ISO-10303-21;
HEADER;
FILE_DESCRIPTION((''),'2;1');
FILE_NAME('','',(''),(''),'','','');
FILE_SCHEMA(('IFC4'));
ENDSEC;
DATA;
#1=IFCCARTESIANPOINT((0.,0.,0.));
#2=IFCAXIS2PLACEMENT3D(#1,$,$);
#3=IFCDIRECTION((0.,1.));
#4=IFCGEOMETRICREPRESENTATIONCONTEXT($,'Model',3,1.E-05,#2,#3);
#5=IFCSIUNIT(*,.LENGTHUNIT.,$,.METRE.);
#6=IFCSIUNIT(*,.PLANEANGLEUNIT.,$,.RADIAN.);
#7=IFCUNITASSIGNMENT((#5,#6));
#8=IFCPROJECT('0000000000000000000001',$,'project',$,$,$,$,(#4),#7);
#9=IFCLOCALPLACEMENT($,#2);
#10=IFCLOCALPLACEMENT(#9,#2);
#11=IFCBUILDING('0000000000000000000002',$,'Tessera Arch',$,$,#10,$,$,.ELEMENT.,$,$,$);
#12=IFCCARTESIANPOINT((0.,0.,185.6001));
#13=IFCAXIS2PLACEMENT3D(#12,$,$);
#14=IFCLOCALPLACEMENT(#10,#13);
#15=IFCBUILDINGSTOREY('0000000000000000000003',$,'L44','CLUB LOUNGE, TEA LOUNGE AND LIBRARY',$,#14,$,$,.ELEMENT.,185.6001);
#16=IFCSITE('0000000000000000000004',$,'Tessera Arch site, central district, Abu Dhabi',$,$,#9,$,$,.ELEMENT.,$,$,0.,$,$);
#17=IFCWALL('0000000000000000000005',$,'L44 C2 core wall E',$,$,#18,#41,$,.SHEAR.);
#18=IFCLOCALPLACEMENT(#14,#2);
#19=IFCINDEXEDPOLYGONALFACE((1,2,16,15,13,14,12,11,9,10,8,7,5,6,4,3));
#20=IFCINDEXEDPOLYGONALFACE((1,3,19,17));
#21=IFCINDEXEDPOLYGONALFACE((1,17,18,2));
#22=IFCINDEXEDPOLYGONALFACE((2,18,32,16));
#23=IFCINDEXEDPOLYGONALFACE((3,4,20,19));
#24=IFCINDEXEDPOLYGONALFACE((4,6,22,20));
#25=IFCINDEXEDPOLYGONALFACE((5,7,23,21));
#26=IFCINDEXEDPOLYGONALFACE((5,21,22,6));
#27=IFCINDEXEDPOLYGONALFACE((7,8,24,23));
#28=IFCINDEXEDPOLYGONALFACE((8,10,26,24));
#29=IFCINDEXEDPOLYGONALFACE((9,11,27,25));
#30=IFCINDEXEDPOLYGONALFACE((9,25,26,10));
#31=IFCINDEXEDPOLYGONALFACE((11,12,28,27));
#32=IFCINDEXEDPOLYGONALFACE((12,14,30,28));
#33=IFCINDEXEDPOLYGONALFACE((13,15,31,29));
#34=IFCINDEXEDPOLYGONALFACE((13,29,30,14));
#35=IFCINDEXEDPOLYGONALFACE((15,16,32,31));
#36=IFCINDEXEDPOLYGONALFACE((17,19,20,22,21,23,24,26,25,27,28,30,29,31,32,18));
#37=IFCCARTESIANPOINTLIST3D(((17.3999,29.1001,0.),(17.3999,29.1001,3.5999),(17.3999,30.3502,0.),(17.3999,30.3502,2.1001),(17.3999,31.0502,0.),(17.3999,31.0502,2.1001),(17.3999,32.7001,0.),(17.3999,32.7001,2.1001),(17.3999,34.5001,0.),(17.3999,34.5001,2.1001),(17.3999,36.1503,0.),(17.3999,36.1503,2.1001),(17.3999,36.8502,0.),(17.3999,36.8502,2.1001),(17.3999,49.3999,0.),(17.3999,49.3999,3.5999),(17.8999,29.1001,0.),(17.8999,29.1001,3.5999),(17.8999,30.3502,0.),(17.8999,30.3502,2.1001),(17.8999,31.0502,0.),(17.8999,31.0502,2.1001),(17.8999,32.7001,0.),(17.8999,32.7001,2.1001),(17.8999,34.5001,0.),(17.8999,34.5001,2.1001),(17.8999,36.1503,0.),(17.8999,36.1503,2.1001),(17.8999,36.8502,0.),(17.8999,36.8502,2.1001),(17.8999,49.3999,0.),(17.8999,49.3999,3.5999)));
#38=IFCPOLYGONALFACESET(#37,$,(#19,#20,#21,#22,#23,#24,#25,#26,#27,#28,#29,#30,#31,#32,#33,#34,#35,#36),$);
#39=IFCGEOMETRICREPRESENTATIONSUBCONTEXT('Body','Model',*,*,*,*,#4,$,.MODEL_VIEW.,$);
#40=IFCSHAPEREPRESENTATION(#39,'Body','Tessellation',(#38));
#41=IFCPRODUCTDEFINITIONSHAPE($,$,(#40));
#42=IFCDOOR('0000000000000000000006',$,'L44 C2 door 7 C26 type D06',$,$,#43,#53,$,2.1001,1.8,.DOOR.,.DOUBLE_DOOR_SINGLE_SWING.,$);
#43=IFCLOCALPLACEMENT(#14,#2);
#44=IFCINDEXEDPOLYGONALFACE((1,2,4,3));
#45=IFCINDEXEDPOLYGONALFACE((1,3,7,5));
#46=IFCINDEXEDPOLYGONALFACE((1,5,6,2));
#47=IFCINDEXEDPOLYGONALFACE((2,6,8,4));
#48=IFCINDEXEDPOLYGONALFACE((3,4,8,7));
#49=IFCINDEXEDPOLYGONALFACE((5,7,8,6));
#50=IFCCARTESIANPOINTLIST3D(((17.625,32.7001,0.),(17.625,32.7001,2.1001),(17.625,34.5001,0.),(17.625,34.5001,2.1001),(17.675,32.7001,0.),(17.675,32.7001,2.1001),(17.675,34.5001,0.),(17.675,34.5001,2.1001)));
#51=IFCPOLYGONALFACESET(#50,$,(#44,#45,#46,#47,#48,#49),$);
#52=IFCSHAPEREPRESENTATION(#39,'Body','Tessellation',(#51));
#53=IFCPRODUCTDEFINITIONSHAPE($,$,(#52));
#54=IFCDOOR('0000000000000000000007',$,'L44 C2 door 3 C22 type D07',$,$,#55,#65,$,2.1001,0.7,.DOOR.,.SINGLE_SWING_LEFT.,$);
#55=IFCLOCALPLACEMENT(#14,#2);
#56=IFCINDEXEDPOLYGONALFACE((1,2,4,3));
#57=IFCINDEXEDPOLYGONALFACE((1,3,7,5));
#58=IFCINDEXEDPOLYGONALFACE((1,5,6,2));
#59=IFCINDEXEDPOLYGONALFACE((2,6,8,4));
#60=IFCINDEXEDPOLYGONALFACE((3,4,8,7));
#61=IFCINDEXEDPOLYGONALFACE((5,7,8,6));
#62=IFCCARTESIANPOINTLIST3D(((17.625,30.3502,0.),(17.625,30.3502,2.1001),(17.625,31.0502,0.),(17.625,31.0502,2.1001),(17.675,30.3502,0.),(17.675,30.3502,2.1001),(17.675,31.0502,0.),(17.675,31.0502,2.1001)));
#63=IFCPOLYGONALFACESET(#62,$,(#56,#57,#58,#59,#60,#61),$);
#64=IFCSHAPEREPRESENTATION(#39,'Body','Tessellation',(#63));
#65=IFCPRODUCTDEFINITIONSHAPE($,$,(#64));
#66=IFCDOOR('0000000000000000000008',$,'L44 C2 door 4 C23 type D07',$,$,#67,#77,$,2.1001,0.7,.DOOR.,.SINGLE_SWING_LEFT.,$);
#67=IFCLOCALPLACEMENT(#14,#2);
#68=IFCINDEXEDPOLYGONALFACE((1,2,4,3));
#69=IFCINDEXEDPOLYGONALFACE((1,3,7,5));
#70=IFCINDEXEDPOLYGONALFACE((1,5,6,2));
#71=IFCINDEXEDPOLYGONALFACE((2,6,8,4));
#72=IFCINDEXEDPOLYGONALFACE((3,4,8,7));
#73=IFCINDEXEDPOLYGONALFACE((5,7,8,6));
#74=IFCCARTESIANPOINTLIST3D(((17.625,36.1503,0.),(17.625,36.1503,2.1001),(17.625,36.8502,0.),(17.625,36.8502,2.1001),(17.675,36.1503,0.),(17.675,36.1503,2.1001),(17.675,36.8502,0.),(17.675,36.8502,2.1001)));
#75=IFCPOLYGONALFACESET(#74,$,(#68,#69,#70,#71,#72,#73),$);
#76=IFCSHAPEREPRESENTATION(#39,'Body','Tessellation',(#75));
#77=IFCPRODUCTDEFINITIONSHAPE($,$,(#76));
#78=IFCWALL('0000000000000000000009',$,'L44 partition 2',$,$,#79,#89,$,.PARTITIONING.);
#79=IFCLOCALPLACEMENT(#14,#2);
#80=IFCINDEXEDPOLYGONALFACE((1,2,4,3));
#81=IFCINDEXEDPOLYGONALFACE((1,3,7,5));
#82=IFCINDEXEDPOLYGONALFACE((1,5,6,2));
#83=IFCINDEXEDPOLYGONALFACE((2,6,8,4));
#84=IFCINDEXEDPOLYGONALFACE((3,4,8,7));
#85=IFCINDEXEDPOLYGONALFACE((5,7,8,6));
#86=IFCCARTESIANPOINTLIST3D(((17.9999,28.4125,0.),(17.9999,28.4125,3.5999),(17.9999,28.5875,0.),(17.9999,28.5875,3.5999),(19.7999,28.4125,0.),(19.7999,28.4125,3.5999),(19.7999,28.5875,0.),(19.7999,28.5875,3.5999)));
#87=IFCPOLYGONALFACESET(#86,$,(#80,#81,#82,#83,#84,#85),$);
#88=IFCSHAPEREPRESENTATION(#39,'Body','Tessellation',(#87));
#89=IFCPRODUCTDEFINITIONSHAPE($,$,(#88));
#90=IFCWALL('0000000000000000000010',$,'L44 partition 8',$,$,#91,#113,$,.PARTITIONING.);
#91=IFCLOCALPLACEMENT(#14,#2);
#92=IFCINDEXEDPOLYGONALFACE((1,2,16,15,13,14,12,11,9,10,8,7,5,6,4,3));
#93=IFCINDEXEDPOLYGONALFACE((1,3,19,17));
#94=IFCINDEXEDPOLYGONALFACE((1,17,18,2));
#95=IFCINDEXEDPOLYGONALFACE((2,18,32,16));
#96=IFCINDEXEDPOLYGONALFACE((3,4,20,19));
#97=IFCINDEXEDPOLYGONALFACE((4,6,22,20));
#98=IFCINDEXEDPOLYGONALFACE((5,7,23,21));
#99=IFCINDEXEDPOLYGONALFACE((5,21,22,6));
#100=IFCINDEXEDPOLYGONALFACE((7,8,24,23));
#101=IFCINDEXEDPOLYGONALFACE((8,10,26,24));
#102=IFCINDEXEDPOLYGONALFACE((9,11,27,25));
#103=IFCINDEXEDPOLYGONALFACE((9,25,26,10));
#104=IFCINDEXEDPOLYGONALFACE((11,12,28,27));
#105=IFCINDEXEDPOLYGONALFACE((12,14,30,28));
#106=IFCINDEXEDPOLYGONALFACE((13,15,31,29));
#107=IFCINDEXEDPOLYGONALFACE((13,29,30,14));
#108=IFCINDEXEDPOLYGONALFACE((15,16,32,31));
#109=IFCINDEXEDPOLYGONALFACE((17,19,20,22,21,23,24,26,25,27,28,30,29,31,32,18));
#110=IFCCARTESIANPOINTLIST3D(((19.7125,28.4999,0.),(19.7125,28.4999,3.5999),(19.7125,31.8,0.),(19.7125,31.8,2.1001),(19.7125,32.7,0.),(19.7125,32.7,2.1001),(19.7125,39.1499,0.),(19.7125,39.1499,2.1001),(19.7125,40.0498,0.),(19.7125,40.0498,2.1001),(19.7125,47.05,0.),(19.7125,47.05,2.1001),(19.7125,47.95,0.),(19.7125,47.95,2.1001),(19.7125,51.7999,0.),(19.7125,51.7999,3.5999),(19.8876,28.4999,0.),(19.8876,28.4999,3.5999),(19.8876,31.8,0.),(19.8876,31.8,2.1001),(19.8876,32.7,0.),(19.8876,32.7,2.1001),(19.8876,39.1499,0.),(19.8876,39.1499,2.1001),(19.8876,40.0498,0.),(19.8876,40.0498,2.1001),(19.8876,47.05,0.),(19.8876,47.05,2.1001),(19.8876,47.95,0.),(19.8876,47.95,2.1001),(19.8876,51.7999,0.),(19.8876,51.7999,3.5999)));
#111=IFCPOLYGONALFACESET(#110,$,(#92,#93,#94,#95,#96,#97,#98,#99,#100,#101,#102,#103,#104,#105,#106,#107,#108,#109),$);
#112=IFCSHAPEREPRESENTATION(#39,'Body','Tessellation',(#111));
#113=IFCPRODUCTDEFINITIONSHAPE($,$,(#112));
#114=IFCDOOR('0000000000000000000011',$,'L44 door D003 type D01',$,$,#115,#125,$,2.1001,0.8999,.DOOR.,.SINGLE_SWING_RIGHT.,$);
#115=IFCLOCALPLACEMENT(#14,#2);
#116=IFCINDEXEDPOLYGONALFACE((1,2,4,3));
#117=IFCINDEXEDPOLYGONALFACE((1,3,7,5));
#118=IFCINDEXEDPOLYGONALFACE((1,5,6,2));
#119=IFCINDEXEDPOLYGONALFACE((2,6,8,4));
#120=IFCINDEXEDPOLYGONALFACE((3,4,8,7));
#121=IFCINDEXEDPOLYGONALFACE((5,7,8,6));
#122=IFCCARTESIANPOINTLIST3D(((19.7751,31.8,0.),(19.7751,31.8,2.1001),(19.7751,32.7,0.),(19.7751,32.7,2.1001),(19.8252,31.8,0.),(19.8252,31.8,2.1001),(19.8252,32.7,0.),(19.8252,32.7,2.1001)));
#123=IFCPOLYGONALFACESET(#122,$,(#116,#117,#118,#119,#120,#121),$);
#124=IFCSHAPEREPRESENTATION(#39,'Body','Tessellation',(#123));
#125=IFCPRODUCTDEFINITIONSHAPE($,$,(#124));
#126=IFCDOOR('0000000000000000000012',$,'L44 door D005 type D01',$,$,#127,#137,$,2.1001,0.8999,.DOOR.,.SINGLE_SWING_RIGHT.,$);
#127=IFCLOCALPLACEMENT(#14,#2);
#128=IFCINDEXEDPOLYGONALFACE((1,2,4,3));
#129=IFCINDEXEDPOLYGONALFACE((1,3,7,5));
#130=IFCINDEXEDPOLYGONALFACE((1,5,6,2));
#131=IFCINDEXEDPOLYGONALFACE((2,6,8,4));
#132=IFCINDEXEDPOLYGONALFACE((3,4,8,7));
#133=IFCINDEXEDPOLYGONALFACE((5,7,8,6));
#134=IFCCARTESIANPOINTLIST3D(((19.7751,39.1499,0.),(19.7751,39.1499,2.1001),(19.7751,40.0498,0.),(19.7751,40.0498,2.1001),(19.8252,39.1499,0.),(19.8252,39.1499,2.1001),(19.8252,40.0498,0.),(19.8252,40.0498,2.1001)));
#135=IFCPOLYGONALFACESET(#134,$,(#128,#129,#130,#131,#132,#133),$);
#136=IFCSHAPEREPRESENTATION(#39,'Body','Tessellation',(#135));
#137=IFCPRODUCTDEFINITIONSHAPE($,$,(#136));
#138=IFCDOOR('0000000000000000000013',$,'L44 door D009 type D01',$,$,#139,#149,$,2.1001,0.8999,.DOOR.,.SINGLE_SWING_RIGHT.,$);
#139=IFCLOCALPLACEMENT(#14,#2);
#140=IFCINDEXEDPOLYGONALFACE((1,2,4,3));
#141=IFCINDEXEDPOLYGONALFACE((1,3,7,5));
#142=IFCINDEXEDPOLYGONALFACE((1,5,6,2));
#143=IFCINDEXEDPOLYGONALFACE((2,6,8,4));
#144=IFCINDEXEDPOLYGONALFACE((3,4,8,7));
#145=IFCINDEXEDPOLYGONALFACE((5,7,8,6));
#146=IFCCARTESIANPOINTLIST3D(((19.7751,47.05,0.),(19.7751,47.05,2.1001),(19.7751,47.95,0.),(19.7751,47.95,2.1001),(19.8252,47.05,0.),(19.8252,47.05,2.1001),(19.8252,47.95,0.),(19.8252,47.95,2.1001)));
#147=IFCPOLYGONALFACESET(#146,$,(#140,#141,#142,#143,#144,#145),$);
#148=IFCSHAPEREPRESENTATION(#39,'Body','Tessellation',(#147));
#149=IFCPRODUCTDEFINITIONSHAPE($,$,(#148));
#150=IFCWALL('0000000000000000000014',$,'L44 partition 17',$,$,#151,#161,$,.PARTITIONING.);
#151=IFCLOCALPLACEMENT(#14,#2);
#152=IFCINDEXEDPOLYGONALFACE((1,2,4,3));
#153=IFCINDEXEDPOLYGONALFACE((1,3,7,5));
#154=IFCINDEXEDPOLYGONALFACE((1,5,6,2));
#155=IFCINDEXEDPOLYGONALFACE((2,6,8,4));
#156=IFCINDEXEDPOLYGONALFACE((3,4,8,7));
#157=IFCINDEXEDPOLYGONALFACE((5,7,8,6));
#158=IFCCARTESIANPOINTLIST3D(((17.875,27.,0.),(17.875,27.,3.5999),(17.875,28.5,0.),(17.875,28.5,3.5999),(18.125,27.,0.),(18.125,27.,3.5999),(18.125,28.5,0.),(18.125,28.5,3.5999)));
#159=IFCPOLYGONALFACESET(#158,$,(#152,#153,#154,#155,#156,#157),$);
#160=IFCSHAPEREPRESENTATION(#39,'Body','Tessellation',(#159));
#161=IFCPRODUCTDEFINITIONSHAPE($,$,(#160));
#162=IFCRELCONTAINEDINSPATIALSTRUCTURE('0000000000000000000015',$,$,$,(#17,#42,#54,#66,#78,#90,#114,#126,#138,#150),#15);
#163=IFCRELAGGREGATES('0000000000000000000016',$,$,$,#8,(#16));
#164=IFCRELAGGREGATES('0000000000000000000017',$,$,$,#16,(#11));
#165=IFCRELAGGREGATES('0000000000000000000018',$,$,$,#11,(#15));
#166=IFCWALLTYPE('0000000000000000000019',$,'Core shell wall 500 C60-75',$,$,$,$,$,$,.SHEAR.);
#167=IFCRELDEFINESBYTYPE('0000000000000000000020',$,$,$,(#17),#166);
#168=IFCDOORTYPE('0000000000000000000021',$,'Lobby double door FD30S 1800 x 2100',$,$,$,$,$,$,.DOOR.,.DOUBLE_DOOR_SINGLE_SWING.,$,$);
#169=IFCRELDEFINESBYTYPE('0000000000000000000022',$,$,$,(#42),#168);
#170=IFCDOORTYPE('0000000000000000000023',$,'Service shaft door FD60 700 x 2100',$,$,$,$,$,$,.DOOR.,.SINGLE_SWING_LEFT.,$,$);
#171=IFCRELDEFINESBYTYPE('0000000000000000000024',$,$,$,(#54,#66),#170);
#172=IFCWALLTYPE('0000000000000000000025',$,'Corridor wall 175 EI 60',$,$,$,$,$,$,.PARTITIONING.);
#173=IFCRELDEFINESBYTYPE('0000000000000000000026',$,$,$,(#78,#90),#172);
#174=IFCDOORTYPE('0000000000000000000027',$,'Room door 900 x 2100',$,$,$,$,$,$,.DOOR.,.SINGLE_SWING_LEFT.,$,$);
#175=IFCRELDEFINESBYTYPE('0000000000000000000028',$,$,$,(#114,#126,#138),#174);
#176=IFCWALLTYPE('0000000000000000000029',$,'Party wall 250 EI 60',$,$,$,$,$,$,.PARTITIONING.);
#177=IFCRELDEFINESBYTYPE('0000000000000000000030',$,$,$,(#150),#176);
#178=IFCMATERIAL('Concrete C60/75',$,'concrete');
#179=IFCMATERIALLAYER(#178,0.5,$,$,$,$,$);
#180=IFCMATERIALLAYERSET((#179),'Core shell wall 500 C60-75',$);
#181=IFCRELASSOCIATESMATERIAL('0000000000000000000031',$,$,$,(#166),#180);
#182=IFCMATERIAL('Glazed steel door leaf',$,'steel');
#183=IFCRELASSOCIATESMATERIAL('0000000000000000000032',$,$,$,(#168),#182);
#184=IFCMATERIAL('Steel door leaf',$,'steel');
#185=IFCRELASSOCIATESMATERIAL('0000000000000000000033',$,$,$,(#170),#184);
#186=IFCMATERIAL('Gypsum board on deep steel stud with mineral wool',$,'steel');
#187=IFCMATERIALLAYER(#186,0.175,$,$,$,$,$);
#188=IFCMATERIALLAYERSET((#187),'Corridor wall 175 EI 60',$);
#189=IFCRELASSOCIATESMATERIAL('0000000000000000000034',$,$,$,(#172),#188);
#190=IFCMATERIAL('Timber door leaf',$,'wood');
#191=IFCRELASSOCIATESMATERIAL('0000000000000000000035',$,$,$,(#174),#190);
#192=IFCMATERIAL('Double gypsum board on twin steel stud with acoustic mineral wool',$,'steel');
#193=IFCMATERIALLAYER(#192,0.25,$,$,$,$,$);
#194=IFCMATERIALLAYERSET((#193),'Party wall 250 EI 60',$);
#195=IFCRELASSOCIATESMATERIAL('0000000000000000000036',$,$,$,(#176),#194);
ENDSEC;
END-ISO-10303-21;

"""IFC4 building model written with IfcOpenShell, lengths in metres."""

from ifc_helpers import new_model, si_unit, direction, frame, frame_2d, origin, place, context, subcontext, project, spatial, rectangle, extrude, material, layer, layer_set, type_object, element, fill, save


model = new_model("IFC4")

# Units and contexts
model_context = context("Model", 3, precision=1e-05, world=origin(), true_north=direction((0.0, 1.0)))
body_context = subcontext(model_context, "Body", "Model", "MODEL_VIEW")
ifc_project = project(units=[si_unit("LENGTHUNIT", "METRE"), si_unit("PLANEANGLEUNIT", "RADIAN")], contexts=[model_context])

# Site, building, storey
site_placement = place(None, origin())
site = spatial("IfcSite", under=ifc_project, at=site_placement, Name="Tessera Arch site, central district, Abu Dhabi", CompositionType="ELEMENT", RefElevation=0.0)
building_placement = place(site_placement, origin())
building = spatial("IfcBuilding", under=site, at=building_placement, Name="Tessera Arch", CompositionType="ELEMENT")
storey_placement = place(building_placement, frame((0.0, 0.0, 185.6001)))
storey = spatial("IfcBuildingStorey", under=building, at=storey_placement, Name="L44", Description="CLUB LOUNGE, TEA LOUNGE AND LIBRARY", CompositionType="ELEMENT", Elevation=185.6001)

# Wall, openings, doors
ifc_material_1 = material(Name="Concrete C60/75", Category="concrete")
ifc_layer_1 = layer(ifc_material_1, 0.5)
ifc_layer_set_1 = layer_set([ifc_layer_1], Name="Core shell wall 500 C60-75")
wall_type_1 = type_object("IfcWallType", Name="Core shell wall 500 C60-75", PredefinedType="SHEAR", material=ifc_layer_set_1)
wall_1_placement = place(storey_placement, frame((17.6499, 29.1001, 0.0), z_axis=(0.0, 0.0, 1.0), x_axis=(0.0, 1.0, 0.0)))
wall_1 = element("IfcWall", 1, at=wall_1_placement, inside=storey, type_object=wall_type_1, Name="L44 C2 core wall E", PredefinedType="SHEAR", context=body_context, shape_type="SweptSolid", body=[
    extrude(rectangle(XDim=20.2998, YDim=0.5, at=frame_2d((10.1499, 0.0))), origin(), (0.0, 0.0, 1.0), 3.5999),
])
opening_1_placement = place(wall_1_placement, frame((1.25, 0.0, 0.0)))
opening_1 = element("IfcOpeningElement", 2, at=opening_1_placement, cuts=wall_1, PredefinedType="OPENING", context=body_context, shape_type="SweptSolid", body=[
    extrude(rectangle(XDim=0.7, YDim=2.1001, at=frame_2d((0.3501, 1.05))), frame((0.0, 0.26, 0.0), z_axis=(0.0, -1.0, 0.0), x_axis=(1.0, 0.0, 0.0)), (0.0, 0.0, 1.0), 0.52),
])
opening_2_placement = place(wall_1_placement, frame((7.05, 0.0, 0.0)))
opening_2 = element("IfcOpeningElement", 3, at=opening_2_placement, cuts=wall_1, PredefinedType="OPENING", context=body_context, shape_type="SweptSolid", body=[
    extrude(rectangle(XDim=0.7, YDim=2.1001, at=frame_2d((0.3501, 1.05))), frame((0.0, 0.26, 0.0), z_axis=(0.0, -1.0, 0.0), x_axis=(1.0, 0.0, 0.0)), (0.0, 0.0, 1.0), 0.52),
])
opening_3_placement = place(wall_1_placement, frame((3.6001, 0.0, 0.0)))
opening_3 = element("IfcOpeningElement", 4, at=opening_3_placement, cuts=wall_1, PredefinedType="OPENING", context=body_context, shape_type="SweptSolid", body=[
    extrude(rectangle(XDim=1.8, YDim=2.1001, at=frame_2d((0.8999, 1.05))), frame((0.0, 0.26, 0.0), z_axis=(0.0, -1.0, 0.0), x_axis=(1.0, 0.0, 0.0)), (0.0, 0.0, 1.0), 0.52),
])
ifc_material_2 = material(Name="Glazed steel door leaf", Category="steel")
door_type_1 = type_object("IfcDoorType", Name="Lobby double door FD30S 1800 x 2100", OperationType="DOUBLE_DOOR_SINGLE_SWING", PredefinedType="DOOR", material=ifc_material_2)
door_1_placement = place(opening_3_placement, origin())
door_1 = element("IfcDoor", 5, at=door_1_placement, inside=storey, type_object=door_type_1, Name="L44 C2 door 7 C26 type D06", OperationType="DOUBLE_DOOR_SINGLE_SWING", OverallHeight=2.1001, OverallWidth=1.8, PredefinedType="DOOR", context=body_context, shape_type="SweptSolid", body=[
    extrude(rectangle(XDim=1.8, YDim=2.1001, at=frame_2d((0.8999, 1.05))), frame((0.0, 0.0249, 0.0), z_axis=(0.0, -1.0, 0.0), x_axis=(1.0, 0.0, 0.0)), (0.0, 0.0, 1.0), 0.05),
])
fill(opening_3, door_1)
ifc_material_3 = material(Name="Steel door leaf", Category="steel")
door_type_2 = type_object("IfcDoorType", Name="Service shaft door FD60 700 x 2100", OperationType="SINGLE_SWING_LEFT", PredefinedType="DOOR", material=ifc_material_3)
door_2_placement = place(opening_1_placement, origin())
door_2 = element("IfcDoor", 6, at=door_2_placement, inside=storey, type_object=door_type_2, Name="L44 C2 door 3 C22 type D07", OperationType="SINGLE_SWING_LEFT", OverallHeight=2.1001, OverallWidth=0.7, PredefinedType="DOOR", context=body_context, shape_type="SweptSolid", body=[
    extrude(rectangle(XDim=0.7, YDim=2.1001, at=frame_2d((0.3501, 1.05))), frame((0.0, 0.0249, 0.0), z_axis=(0.0, -1.0, 0.0), x_axis=(1.0, 0.0, 0.0)), (0.0, 0.0, 1.0), 0.05),
])
fill(opening_1, door_2)
door_3_placement = place(opening_2_placement, origin())
door_3 = element("IfcDoor", 7, at=door_3_placement, inside=storey, type_object=door_type_2, Name="L44 C2 door 4 C23 type D07", OperationType="SINGLE_SWING_LEFT", OverallHeight=2.1001, OverallWidth=0.7, PredefinedType="DOOR", context=body_context, shape_type="SweptSolid", body=[
    extrude(rectangle(XDim=0.7, YDim=2.1001, at=frame_2d((0.3501, 1.05))), frame((0.0, 0.0249, 0.0), z_axis=(0.0, -1.0, 0.0), x_axis=(1.0, 0.0, 0.0)), (0.0, 0.0, 1.0), 0.05),
])
fill(opening_2, door_3)

# Wall
ifc_material_4 = material(Name="Gypsum board on deep steel stud with mineral wool", Category="steel")
ifc_layer_2 = layer(ifc_material_4, 0.175)
ifc_layer_set_2 = layer_set([ifc_layer_2], Name="Corridor wall 175 EI 60")
wall_type_2 = type_object("IfcWallType", Name="Corridor wall 175 EI 60", PredefinedType="PARTITIONING", material=ifc_layer_set_2)
wall_2_placement = place(storey_placement, frame((18.0, 28.5, 0.0), z_axis=(0.0, 0.0, 1.0), x_axis=(1.0, 0.0, 0.0)))
element("IfcWall", 8, at=wall_2_placement, inside=storey, type_object=wall_type_2, Name="L44 partition 2", PredefinedType="PARTITIONING", context=body_context, shape_type="SweptSolid", body=[
    extrude(rectangle(XDim=1.8, YDim=0.175, at=frame_2d((0.8999, 0.0))), origin(), (0.0, 0.0, 1.0), 3.5999),
])

# Wall, openings, doors
wall_3_placement = place(storey_placement, frame((19.8, 28.5, 0.0), z_axis=(0.0, 0.0, 1.0), x_axis=(0.0, 1.0, 0.0)))
wall_3 = element("IfcWall", 9, at=wall_3_placement, inside=storey, type_object=wall_type_2, Name="L44 partition 8", PredefinedType="PARTITIONING", context=body_context, shape_type="SweptSolid", body=[
    extrude(rectangle(XDim=23.3, YDim=0.175, at=frame_2d((11.6499, 0.0))), origin(), (0.0, 0.0, 1.0), 3.5999),
])
opening_4_placement = place(wall_3_placement, frame((3.3, 0.0, 0.0)))
opening_4 = element("IfcOpeningElement", 10, at=opening_4_placement, cuts=wall_3, PredefinedType="OPENING", context=body_context, shape_type="SweptSolid", body=[
    extrude(rectangle(XDim=0.8999, YDim=2.1001, at=frame_2d((0.45, 1.05))), frame((0.0, 0.0974, 0.0), z_axis=(0.0, -1.0, 0.0), x_axis=(1.0, 0.0, 0.0)), (0.0, 0.0, 1.0), 0.1951),
])
opening_5_placement = place(wall_3_placement, frame((10.6499, 0.0, 0.0)))
opening_5 = element("IfcOpeningElement", 11, at=opening_5_placement, cuts=wall_3, PredefinedType="OPENING", context=body_context, shape_type="SweptSolid", body=[
    extrude(rectangle(XDim=0.8999, YDim=2.1001, at=frame_2d((0.45, 1.05))), frame((0.0, 0.0974, 0.0), z_axis=(0.0, -1.0, 0.0), x_axis=(1.0, 0.0, 0.0)), (0.0, 0.0, 1.0), 0.1951),
])
opening_6_placement = place(wall_3_placement, frame((18.55, 0.0, 0.0)))
opening_6 = element("IfcOpeningElement", 12, at=opening_6_placement, cuts=wall_3, PredefinedType="OPENING", context=body_context, shape_type="SweptSolid", body=[
    extrude(rectangle(XDim=0.8999, YDim=2.1001, at=frame_2d((0.45, 1.05))), frame((0.0, 0.0974, 0.0), z_axis=(0.0, -1.0, 0.0), x_axis=(1.0, 0.0, 0.0)), (0.0, 0.0, 1.0), 0.1951),
])
ifc_material_5 = material(Name="Timber door leaf", Category="wood")
door_type_3 = type_object("IfcDoorType", Name="Room door 900 x 2100", OperationType="SINGLE_SWING_LEFT", PredefinedType="DOOR", material=ifc_material_5)
door_4_placement = place(opening_4_placement, origin())
door_4 = element("IfcDoor", 13, at=door_4_placement, inside=storey, type_object=door_type_3, Name="L44 door D003 type D01", OperationType="SINGLE_SWING_RIGHT", OverallHeight=2.1001, OverallWidth=0.8999, PredefinedType="DOOR", context=body_context, shape_type="SweptSolid", body=[
    extrude(rectangle(XDim=0.8999, YDim=2.1001, at=frame_2d((0.45, 1.05))), frame((0.0, 0.0249, 0.0), z_axis=(0.0, -1.0, 0.0), x_axis=(1.0, 0.0, 0.0)), (0.0, 0.0, 1.0), 0.05),
])
fill(opening_4, door_4)
door_5_placement = place(opening_5_placement, origin())
door_5 = element("IfcDoor", 14, at=door_5_placement, inside=storey, type_object=door_type_3, Name="L44 door D005 type D01", OperationType="SINGLE_SWING_RIGHT", OverallHeight=2.1001, OverallWidth=0.8999, PredefinedType="DOOR", context=body_context, shape_type="SweptSolid", body=[
    extrude(rectangle(XDim=0.8999, YDim=2.1001, at=frame_2d((0.45, 1.05))), frame((0.0, 0.0249, 0.0), z_axis=(0.0, -1.0, 0.0), x_axis=(1.0, 0.0, 0.0)), (0.0, 0.0, 1.0), 0.05),
])
fill(opening_5, door_5)
door_6_placement = place(opening_6_placement, origin())
door_6 = element("IfcDoor", 15, at=door_6_placement, inside=storey, type_object=door_type_3, Name="L44 door D009 type D01", OperationType="SINGLE_SWING_RIGHT", OverallHeight=2.1001, OverallWidth=0.8999, PredefinedType="DOOR", context=body_context, shape_type="SweptSolid", body=[
    extrude(rectangle(XDim=0.8999, YDim=2.1001, at=frame_2d((0.45, 1.05))), frame((0.0, 0.0249, 0.0), z_axis=(0.0, -1.0, 0.0), x_axis=(1.0, 0.0, 0.0)), (0.0, 0.0, 1.0), 0.05),
])
fill(opening_6, door_6)

# Wall
ifc_material_6 = material(Name="Double gypsum board on twin steel stud with acoustic mineral wool", Category="steel")
ifc_layer_3 = layer(ifc_material_6, 0.25)
ifc_layer_set_3 = layer_set([ifc_layer_3], Name="Party wall 250 EI 60")
wall_type_3 = type_object("IfcWallType", Name="Party wall 250 EI 60", PredefinedType="PARTITIONING", material=ifc_layer_set_3)
wall_4_placement = place(storey_placement, frame((18.0, 27.0, 0.0), z_axis=(0.0, 0.0, 1.0), x_axis=(0.0, 1.0, 0.0)))
element("IfcWall", 16, at=wall_4_placement, inside=storey, type_object=wall_type_3, Name="L44 partition 17", PredefinedType="PARTITIONING", context=body_context, shape_type="SweptSolid", body=[
    extrude(rectangle(XDim=1.5, YDim=0.25, at=frame_2d((0.75, 0.0))), origin(), (0.0, 0.0, 1.0), 3.5999),
])

save(model, "model.ifc")
